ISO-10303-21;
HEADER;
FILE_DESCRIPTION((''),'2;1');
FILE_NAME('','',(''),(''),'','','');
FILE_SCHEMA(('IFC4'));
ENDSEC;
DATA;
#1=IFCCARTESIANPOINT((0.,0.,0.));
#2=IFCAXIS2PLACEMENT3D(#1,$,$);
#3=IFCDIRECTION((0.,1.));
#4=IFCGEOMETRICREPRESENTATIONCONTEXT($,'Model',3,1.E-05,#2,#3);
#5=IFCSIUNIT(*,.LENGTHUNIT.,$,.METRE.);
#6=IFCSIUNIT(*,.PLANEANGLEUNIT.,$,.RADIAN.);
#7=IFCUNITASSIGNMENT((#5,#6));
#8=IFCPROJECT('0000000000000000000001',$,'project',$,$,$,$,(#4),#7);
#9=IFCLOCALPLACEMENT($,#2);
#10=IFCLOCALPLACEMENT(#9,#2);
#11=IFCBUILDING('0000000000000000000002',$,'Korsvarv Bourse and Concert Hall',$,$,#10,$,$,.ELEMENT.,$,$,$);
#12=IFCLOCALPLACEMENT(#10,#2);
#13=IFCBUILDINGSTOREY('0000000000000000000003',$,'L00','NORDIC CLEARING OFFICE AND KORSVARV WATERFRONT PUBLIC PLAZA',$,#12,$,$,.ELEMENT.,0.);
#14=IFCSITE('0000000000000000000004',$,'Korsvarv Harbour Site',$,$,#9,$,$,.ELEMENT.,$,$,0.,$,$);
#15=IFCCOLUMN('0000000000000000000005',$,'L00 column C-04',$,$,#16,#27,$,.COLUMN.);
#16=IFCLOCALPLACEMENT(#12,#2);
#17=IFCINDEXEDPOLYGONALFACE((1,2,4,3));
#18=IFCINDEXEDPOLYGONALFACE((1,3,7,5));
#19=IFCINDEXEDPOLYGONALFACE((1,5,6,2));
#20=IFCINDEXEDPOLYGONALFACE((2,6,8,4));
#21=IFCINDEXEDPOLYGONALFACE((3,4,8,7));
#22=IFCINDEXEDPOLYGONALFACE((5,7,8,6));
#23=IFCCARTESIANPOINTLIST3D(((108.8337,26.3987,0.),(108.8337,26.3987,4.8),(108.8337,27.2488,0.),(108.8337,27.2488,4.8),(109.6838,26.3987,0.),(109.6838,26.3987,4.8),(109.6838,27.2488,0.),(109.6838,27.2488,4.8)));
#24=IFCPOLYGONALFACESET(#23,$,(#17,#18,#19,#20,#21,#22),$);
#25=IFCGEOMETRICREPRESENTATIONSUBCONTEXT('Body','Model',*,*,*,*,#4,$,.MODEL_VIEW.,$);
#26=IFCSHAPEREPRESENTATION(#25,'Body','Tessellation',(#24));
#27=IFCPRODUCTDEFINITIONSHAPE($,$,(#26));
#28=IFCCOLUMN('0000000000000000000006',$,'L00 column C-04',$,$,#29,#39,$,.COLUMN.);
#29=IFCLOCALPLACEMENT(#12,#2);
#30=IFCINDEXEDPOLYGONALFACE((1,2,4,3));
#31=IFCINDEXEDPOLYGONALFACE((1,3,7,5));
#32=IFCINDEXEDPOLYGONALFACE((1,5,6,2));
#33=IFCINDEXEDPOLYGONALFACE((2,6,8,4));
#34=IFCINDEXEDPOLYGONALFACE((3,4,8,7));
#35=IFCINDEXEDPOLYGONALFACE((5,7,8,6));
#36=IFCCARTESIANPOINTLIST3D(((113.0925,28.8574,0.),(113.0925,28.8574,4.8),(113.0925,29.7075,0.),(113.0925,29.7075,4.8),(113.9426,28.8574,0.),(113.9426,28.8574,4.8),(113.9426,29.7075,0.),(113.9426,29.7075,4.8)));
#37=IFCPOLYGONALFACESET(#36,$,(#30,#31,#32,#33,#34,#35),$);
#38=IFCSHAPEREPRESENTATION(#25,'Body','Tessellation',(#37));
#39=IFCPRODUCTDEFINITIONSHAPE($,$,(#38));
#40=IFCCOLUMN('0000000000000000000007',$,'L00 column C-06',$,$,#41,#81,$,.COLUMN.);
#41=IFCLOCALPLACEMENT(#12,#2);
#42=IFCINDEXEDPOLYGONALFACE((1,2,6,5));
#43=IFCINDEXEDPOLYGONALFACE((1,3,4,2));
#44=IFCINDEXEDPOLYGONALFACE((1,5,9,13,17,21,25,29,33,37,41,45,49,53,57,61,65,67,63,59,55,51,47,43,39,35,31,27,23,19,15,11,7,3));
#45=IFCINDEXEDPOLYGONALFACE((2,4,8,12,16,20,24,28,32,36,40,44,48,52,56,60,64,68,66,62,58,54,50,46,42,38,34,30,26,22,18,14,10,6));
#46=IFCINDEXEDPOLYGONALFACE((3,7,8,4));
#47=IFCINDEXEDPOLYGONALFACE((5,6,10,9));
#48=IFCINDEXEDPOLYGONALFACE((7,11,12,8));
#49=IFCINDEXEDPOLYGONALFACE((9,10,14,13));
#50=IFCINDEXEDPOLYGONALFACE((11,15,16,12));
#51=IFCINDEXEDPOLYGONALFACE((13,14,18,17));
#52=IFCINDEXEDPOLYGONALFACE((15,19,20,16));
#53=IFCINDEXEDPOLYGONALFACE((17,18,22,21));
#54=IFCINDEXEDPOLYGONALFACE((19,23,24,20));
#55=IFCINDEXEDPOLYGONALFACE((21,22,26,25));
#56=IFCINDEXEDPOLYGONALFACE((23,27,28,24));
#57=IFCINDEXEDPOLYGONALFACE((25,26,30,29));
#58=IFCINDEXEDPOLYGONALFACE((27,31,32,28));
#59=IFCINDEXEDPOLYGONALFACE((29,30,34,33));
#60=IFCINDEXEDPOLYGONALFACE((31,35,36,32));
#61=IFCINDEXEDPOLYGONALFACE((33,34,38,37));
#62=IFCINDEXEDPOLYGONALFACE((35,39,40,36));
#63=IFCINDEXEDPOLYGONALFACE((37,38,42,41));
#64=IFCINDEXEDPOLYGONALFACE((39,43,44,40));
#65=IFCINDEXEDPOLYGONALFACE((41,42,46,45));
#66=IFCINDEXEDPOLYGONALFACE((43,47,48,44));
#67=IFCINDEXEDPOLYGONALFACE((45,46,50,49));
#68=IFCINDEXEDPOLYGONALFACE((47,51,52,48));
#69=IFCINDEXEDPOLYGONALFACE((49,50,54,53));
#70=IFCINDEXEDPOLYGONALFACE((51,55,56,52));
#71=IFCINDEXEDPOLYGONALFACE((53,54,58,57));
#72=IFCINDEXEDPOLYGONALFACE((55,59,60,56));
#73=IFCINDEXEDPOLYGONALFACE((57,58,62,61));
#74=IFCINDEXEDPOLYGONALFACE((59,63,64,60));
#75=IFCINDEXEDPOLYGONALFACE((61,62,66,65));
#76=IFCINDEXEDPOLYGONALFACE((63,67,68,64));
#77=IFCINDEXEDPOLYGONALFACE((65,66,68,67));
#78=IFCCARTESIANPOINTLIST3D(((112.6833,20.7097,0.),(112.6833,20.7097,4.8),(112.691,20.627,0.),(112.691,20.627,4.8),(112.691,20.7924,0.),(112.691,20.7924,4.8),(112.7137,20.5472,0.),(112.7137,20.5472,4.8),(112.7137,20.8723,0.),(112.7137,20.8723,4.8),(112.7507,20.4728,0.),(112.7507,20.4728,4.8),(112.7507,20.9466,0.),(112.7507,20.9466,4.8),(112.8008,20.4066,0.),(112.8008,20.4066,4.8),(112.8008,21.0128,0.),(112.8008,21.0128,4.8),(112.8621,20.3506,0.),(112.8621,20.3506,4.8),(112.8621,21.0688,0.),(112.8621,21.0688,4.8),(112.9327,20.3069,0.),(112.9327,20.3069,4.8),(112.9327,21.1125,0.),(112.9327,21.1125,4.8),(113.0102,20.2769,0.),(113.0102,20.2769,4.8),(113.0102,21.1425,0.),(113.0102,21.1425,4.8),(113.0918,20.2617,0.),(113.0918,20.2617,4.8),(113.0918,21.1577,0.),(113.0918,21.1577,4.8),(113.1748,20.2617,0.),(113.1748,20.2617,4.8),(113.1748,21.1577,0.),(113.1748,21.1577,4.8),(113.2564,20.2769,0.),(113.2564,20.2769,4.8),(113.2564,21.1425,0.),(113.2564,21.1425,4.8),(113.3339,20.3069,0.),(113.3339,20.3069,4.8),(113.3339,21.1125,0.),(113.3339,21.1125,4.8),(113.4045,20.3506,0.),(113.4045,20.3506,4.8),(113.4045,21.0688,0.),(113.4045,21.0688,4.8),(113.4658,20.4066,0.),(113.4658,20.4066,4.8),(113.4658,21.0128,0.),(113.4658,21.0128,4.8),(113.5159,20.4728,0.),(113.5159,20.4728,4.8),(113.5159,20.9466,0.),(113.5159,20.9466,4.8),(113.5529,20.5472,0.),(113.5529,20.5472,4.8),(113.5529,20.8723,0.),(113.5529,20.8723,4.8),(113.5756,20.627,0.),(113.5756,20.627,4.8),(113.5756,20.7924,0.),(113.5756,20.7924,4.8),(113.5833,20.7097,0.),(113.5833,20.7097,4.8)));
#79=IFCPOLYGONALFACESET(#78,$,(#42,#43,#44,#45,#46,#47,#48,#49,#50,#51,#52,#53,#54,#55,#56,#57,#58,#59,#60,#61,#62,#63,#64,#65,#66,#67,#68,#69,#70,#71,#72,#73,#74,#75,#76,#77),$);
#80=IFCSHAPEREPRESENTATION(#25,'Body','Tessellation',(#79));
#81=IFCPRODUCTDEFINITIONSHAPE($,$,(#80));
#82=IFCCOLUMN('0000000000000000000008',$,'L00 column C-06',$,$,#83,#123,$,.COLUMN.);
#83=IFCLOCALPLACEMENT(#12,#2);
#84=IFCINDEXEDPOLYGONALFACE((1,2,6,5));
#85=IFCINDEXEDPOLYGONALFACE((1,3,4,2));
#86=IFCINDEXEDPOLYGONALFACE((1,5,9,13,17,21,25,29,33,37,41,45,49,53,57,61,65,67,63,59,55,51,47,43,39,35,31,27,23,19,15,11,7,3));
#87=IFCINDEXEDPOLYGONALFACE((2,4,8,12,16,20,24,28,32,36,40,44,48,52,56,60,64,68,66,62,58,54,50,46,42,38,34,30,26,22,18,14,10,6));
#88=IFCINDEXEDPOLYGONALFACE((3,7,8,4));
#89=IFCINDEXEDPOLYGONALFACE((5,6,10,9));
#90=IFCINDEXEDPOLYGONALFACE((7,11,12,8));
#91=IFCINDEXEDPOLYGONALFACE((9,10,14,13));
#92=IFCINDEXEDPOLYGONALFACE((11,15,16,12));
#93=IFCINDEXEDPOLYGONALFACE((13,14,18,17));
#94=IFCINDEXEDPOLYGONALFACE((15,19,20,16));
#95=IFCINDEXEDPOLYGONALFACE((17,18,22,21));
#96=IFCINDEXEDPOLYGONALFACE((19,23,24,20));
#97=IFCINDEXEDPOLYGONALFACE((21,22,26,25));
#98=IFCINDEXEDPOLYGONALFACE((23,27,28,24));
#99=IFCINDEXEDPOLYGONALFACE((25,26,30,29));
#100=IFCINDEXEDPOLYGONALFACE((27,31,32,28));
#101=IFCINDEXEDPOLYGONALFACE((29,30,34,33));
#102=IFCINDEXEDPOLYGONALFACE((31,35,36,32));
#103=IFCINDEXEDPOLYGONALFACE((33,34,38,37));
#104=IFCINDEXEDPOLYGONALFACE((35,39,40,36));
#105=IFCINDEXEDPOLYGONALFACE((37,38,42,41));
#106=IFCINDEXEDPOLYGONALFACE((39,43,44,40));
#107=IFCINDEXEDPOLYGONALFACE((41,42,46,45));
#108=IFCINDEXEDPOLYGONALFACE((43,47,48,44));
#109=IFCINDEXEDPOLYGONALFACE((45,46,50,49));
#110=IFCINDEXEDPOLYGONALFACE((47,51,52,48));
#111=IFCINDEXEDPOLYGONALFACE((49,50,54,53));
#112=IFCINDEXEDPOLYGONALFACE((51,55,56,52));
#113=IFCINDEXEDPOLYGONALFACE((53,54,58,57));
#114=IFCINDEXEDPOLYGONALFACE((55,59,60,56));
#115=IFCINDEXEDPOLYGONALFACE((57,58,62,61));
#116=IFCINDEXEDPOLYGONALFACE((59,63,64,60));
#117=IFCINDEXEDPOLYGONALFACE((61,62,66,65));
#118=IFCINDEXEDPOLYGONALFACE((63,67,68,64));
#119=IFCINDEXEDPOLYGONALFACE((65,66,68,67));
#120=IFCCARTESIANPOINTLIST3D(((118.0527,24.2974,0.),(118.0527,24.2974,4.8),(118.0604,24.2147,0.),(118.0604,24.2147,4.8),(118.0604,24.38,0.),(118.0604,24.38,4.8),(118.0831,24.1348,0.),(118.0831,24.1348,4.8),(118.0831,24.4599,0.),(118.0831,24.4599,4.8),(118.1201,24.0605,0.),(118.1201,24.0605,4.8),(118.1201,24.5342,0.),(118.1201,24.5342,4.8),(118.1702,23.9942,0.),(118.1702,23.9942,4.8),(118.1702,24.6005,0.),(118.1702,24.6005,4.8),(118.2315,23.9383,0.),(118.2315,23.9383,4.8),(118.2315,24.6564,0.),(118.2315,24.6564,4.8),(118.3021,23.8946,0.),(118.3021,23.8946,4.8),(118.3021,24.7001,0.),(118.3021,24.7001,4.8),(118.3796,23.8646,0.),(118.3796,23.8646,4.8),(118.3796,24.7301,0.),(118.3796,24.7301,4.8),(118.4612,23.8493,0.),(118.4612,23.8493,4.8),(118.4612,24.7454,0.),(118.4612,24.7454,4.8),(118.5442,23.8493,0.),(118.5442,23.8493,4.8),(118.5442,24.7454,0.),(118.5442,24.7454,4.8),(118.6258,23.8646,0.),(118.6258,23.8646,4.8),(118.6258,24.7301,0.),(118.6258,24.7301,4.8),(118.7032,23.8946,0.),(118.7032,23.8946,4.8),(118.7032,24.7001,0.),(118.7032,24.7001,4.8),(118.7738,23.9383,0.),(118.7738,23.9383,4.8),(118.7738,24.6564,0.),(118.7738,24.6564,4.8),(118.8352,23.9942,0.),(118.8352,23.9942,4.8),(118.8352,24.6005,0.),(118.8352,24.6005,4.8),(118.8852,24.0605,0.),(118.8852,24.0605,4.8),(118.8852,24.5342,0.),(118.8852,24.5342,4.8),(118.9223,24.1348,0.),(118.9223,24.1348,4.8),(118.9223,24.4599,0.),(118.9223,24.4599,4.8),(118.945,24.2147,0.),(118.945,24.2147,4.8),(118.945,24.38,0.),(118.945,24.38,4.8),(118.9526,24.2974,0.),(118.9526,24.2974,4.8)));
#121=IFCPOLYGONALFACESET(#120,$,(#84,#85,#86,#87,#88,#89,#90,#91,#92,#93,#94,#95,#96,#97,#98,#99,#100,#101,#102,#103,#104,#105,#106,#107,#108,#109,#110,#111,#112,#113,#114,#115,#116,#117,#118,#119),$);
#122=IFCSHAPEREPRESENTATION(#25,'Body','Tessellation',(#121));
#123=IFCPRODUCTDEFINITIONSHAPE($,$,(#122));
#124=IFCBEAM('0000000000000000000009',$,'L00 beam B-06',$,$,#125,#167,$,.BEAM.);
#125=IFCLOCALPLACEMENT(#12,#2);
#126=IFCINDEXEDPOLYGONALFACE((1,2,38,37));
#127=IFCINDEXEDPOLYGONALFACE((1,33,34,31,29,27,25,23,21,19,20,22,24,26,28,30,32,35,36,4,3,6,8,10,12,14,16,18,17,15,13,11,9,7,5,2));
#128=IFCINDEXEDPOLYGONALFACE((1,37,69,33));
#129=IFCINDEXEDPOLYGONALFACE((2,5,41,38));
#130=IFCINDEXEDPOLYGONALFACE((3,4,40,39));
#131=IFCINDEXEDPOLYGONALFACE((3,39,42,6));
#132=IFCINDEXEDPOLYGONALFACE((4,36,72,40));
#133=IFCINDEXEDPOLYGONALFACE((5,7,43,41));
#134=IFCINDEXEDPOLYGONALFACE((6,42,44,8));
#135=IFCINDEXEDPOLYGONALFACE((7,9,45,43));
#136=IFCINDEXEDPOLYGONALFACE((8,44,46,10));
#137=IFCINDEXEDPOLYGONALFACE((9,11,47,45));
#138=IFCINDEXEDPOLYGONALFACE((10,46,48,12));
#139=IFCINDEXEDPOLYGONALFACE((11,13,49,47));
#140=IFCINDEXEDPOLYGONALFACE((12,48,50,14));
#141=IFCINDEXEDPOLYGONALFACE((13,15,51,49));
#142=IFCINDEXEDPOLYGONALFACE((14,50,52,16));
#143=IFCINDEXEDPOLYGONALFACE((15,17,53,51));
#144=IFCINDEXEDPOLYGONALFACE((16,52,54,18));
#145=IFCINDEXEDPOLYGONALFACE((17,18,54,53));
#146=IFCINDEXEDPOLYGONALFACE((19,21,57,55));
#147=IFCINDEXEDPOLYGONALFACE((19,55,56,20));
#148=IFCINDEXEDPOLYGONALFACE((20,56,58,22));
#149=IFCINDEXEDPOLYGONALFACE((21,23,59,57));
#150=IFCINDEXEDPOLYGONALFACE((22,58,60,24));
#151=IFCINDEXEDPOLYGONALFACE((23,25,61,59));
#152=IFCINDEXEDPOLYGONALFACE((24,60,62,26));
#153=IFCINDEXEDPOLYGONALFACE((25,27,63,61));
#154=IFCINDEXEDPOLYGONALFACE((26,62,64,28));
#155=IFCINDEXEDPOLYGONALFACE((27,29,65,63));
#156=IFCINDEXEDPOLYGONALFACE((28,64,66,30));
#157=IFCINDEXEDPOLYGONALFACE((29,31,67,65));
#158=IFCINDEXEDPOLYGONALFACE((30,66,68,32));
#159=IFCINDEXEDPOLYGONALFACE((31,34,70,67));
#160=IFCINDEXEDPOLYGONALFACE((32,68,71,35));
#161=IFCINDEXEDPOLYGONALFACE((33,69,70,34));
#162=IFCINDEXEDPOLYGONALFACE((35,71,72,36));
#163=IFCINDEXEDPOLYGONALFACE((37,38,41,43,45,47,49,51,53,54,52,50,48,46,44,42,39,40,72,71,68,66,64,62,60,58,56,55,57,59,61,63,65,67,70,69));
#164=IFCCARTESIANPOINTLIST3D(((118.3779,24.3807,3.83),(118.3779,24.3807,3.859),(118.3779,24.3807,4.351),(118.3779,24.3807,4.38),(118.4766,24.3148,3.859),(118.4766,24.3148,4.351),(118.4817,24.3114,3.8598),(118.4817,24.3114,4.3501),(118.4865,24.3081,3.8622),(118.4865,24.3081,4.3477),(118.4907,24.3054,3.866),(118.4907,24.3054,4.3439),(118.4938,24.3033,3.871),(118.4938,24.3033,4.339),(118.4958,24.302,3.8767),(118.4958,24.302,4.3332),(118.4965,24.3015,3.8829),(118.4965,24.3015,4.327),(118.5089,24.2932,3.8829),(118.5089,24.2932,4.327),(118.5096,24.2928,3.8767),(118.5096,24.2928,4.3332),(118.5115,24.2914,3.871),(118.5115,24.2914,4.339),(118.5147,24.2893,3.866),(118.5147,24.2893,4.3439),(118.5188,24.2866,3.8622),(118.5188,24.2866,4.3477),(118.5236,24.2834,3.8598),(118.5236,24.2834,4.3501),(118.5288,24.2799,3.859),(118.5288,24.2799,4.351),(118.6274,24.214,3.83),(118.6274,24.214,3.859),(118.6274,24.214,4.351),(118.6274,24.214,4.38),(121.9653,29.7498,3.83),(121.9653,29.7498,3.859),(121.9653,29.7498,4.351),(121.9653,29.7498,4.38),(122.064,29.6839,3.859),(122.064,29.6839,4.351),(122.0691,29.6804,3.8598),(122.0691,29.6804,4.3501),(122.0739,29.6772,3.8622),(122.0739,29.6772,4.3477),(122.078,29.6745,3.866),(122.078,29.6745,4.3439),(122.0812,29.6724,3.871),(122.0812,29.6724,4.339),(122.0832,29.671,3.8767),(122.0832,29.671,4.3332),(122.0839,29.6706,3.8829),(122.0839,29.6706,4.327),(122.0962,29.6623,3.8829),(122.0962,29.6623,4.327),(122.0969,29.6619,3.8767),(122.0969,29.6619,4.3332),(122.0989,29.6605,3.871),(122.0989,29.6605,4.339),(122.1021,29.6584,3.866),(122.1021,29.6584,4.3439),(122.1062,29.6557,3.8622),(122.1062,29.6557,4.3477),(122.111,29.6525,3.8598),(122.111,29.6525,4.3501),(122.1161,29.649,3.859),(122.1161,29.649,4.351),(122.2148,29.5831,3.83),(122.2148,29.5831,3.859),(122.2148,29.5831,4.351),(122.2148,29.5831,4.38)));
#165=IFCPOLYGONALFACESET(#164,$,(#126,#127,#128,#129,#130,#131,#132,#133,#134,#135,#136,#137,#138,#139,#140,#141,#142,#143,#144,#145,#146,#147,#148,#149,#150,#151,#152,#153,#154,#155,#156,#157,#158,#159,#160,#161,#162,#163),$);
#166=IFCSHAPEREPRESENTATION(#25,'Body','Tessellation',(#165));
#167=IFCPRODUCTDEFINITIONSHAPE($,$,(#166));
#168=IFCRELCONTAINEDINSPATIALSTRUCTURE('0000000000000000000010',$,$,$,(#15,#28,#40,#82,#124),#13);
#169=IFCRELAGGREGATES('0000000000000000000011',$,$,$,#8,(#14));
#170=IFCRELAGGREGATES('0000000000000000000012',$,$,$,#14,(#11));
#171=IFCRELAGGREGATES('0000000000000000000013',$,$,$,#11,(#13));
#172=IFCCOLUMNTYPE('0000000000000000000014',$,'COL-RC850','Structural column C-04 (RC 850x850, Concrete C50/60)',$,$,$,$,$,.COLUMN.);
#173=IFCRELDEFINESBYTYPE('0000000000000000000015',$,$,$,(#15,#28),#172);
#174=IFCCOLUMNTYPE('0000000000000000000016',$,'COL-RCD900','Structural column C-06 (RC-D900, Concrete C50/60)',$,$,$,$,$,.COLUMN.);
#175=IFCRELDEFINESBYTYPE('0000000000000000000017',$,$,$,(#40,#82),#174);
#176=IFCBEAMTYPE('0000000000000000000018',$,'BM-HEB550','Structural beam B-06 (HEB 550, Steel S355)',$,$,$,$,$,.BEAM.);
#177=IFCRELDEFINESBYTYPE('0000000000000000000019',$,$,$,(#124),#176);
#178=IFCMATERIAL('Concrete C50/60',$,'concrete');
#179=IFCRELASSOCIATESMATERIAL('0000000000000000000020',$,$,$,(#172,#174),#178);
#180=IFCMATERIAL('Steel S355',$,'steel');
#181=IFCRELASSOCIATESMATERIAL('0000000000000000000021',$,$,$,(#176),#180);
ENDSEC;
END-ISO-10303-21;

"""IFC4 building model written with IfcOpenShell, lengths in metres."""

from ifc_helpers import new_model, si_unit, direction, frame, origin, origin_2d, place, context, subcontext, project, spatial, rectangle, circle, i_section, extrude, source, transform, mapped, material, material_profile, profile_set, type_object, element, save


model = new_model("IFC4")

# Units and contexts
model_context = context("Model", 3, precision=1e-05, world=origin(), true_north=direction((0.0, 1.0)))
body_context = subcontext(model_context, "Body", "Model", "MODEL_VIEW")
ifc_project = project(units=[si_unit("LENGTHUNIT", "METRE"), si_unit("PLANEANGLEUNIT", "RADIAN")], contexts=[model_context])

# Site, building, storey
site_placement = place(None, origin())
site = spatial("IfcSite", under=ifc_project, at=site_placement, Name="Korsvarv Harbour Site", CompositionType="ELEMENT", RefElevation=0.0)
building_placement = place(site_placement, origin())
building = spatial("IfcBuilding", under=site, at=building_placement, Name="Korsvarv Bourse and Concert Hall", CompositionType="ELEMENT")
storey_placement = place(building_placement, origin())
storey = spatial("IfcBuildingStorey", under=building, at=storey_placement, Name="L00", Description="NORDIC CLEARING OFFICE AND KORSVARV WATERFRONT PUBLIC PLAZA", CompositionType="ELEMENT", Elevation=0.0)

# Columns
ifc_material_1 = material(Name="Concrete C50/60", Category="concrete")
ifc_material_profile_1 = material_profile(ifc_material_1, rectangle(XDim=0.8501, YDim=0.8501, at=origin_2d()), Name="RC 850x850")
ifc_profile_set_1 = profile_set([ifc_material_profile_1], Name="Concrete C50/60")
column_type_1 = type_object("IfcColumnType", Name="COL-RC850", Description="Structural column C-04 (RC 850x850, Concrete C50/60)", PredefinedType="COLUMN", material=ifc_profile_set_1)
shared_shape_1 = source(origin(), body_context, "Body", "SweptSolid", [
    extrude(rectangle(XDim=0.8501, YDim=0.8501, at=origin_2d()), origin(), (0.0, 0.0, 1.0), 4.8),
])
for number, where, z_axis, x_axis, name in (
    (1, (109.2588, 26.8237, 0.0), (0.0, 0.0, 1.0), (1.0, 0.0, 0.0), "L00 column C-04"),
    (2, (113.5176, 29.2825, 0.0), (0.0, 0.0, 1.0), (1.0, 0.0, 0.0), "L00 column C-04"),
):
    element("IfcColumn", number, at=place(storey_placement, frame(where, z_axis=z_axis, x_axis=x_axis)), inside=storey, type_object=column_type_1, Name=name, PredefinedType="COLUMN", context=body_context, shape_type="MappedRepresentation", body=[
        mapped(shared_shape_1, transform((0.0, 0.0, 0.0), scale=1.0)),
    ])
ifc_material_profile_2 = material_profile(ifc_material_1, circle(Radius=0.45, at=origin_2d()), Name="RC-D900")
ifc_profile_set_2 = profile_set([ifc_material_profile_2], Name="Concrete C50/60")
column_type_2 = type_object("IfcColumnType", Name="COL-RCD900", Description="Structural column C-06 (RC-D900, Concrete C50/60)", PredefinedType="COLUMN", material=ifc_profile_set_2)
shared_shape_2 = source(origin(), body_context, "Body", "SweptSolid", [
    extrude(circle(Radius=0.45, at=origin_2d()), origin(), (0.0, 0.0, 1.0), 4.8),
])
for number, where, z_axis, x_axis, name in (
    (3, (113.1333, 20.7097, 0.0), (0.0, 0.0, 1.0), (1.0, 0.0, 0.0), "L00 column C-06"),
    (4, (118.5027, 24.2974, 0.0), (0.0, 0.0, 1.0), (1.0, 0.0, 0.0), "L00 column C-06"),
):
    element("IfcColumn", number, at=place(storey_placement, frame(where, z_axis=z_axis, x_axis=x_axis)), inside=storey, type_object=column_type_2, Name=name, PredefinedType="COLUMN", context=body_context, shape_type="MappedRepresentation", body=[
        mapped(shared_shape_2, transform((0.0, 0.0, 0.0), scale=1.0)),
    ])

# Beam
ifc_material_2 = material(Name="Steel S355", Category="steel")
ifc_material_profile_3 = material_profile(ifc_material_2, i_section(OverallWidth=0.3, OverallDepth=0.55, WebThickness=0.0149, FlangeThickness=0.0291, FilletRadius=0.0239, at=origin_2d()), Name="HEB 550")
ifc_profile_set_3 = profile_set([ifc_material_profile_3], Name="Steel S355")
beam_type_1 = type_object("IfcBeamType", Name="BM-HEB550", Description="Structural beam B-06 (HEB 550, Steel S355)", PredefinedType="BEAM", material=ifc_profile_set_3)
shared_shape_3 = source(origin(), body_context, "Body", "SweptSolid", [
    extrude(i_section(OverallWidth=0.3, OverallDepth=0.55, WebThickness=0.0149, FlangeThickness=0.0291, FilletRadius=0.0239, at=origin_2d()), origin(), (0.0, 0.0, 1.0), 6.4573),
])
beam_1_placement = place(storey_placement, frame((118.5027, 24.2974, 4.105), z_axis=(0.555555, 0.83148, 0.0), x_axis=(-0.83148, 0.555555, 0.0)))
element("IfcBeam", 5, at=beam_1_placement, inside=storey, type_object=beam_type_1, Name="L00 beam B-06", PredefinedType="BEAM", context=body_context, shape_type="MappedRepresentation", body=[
    mapped(shared_shape_3, transform((0.0, 0.0, 0.0), scale=1.0)),
])

save(model, "model.ifc")
